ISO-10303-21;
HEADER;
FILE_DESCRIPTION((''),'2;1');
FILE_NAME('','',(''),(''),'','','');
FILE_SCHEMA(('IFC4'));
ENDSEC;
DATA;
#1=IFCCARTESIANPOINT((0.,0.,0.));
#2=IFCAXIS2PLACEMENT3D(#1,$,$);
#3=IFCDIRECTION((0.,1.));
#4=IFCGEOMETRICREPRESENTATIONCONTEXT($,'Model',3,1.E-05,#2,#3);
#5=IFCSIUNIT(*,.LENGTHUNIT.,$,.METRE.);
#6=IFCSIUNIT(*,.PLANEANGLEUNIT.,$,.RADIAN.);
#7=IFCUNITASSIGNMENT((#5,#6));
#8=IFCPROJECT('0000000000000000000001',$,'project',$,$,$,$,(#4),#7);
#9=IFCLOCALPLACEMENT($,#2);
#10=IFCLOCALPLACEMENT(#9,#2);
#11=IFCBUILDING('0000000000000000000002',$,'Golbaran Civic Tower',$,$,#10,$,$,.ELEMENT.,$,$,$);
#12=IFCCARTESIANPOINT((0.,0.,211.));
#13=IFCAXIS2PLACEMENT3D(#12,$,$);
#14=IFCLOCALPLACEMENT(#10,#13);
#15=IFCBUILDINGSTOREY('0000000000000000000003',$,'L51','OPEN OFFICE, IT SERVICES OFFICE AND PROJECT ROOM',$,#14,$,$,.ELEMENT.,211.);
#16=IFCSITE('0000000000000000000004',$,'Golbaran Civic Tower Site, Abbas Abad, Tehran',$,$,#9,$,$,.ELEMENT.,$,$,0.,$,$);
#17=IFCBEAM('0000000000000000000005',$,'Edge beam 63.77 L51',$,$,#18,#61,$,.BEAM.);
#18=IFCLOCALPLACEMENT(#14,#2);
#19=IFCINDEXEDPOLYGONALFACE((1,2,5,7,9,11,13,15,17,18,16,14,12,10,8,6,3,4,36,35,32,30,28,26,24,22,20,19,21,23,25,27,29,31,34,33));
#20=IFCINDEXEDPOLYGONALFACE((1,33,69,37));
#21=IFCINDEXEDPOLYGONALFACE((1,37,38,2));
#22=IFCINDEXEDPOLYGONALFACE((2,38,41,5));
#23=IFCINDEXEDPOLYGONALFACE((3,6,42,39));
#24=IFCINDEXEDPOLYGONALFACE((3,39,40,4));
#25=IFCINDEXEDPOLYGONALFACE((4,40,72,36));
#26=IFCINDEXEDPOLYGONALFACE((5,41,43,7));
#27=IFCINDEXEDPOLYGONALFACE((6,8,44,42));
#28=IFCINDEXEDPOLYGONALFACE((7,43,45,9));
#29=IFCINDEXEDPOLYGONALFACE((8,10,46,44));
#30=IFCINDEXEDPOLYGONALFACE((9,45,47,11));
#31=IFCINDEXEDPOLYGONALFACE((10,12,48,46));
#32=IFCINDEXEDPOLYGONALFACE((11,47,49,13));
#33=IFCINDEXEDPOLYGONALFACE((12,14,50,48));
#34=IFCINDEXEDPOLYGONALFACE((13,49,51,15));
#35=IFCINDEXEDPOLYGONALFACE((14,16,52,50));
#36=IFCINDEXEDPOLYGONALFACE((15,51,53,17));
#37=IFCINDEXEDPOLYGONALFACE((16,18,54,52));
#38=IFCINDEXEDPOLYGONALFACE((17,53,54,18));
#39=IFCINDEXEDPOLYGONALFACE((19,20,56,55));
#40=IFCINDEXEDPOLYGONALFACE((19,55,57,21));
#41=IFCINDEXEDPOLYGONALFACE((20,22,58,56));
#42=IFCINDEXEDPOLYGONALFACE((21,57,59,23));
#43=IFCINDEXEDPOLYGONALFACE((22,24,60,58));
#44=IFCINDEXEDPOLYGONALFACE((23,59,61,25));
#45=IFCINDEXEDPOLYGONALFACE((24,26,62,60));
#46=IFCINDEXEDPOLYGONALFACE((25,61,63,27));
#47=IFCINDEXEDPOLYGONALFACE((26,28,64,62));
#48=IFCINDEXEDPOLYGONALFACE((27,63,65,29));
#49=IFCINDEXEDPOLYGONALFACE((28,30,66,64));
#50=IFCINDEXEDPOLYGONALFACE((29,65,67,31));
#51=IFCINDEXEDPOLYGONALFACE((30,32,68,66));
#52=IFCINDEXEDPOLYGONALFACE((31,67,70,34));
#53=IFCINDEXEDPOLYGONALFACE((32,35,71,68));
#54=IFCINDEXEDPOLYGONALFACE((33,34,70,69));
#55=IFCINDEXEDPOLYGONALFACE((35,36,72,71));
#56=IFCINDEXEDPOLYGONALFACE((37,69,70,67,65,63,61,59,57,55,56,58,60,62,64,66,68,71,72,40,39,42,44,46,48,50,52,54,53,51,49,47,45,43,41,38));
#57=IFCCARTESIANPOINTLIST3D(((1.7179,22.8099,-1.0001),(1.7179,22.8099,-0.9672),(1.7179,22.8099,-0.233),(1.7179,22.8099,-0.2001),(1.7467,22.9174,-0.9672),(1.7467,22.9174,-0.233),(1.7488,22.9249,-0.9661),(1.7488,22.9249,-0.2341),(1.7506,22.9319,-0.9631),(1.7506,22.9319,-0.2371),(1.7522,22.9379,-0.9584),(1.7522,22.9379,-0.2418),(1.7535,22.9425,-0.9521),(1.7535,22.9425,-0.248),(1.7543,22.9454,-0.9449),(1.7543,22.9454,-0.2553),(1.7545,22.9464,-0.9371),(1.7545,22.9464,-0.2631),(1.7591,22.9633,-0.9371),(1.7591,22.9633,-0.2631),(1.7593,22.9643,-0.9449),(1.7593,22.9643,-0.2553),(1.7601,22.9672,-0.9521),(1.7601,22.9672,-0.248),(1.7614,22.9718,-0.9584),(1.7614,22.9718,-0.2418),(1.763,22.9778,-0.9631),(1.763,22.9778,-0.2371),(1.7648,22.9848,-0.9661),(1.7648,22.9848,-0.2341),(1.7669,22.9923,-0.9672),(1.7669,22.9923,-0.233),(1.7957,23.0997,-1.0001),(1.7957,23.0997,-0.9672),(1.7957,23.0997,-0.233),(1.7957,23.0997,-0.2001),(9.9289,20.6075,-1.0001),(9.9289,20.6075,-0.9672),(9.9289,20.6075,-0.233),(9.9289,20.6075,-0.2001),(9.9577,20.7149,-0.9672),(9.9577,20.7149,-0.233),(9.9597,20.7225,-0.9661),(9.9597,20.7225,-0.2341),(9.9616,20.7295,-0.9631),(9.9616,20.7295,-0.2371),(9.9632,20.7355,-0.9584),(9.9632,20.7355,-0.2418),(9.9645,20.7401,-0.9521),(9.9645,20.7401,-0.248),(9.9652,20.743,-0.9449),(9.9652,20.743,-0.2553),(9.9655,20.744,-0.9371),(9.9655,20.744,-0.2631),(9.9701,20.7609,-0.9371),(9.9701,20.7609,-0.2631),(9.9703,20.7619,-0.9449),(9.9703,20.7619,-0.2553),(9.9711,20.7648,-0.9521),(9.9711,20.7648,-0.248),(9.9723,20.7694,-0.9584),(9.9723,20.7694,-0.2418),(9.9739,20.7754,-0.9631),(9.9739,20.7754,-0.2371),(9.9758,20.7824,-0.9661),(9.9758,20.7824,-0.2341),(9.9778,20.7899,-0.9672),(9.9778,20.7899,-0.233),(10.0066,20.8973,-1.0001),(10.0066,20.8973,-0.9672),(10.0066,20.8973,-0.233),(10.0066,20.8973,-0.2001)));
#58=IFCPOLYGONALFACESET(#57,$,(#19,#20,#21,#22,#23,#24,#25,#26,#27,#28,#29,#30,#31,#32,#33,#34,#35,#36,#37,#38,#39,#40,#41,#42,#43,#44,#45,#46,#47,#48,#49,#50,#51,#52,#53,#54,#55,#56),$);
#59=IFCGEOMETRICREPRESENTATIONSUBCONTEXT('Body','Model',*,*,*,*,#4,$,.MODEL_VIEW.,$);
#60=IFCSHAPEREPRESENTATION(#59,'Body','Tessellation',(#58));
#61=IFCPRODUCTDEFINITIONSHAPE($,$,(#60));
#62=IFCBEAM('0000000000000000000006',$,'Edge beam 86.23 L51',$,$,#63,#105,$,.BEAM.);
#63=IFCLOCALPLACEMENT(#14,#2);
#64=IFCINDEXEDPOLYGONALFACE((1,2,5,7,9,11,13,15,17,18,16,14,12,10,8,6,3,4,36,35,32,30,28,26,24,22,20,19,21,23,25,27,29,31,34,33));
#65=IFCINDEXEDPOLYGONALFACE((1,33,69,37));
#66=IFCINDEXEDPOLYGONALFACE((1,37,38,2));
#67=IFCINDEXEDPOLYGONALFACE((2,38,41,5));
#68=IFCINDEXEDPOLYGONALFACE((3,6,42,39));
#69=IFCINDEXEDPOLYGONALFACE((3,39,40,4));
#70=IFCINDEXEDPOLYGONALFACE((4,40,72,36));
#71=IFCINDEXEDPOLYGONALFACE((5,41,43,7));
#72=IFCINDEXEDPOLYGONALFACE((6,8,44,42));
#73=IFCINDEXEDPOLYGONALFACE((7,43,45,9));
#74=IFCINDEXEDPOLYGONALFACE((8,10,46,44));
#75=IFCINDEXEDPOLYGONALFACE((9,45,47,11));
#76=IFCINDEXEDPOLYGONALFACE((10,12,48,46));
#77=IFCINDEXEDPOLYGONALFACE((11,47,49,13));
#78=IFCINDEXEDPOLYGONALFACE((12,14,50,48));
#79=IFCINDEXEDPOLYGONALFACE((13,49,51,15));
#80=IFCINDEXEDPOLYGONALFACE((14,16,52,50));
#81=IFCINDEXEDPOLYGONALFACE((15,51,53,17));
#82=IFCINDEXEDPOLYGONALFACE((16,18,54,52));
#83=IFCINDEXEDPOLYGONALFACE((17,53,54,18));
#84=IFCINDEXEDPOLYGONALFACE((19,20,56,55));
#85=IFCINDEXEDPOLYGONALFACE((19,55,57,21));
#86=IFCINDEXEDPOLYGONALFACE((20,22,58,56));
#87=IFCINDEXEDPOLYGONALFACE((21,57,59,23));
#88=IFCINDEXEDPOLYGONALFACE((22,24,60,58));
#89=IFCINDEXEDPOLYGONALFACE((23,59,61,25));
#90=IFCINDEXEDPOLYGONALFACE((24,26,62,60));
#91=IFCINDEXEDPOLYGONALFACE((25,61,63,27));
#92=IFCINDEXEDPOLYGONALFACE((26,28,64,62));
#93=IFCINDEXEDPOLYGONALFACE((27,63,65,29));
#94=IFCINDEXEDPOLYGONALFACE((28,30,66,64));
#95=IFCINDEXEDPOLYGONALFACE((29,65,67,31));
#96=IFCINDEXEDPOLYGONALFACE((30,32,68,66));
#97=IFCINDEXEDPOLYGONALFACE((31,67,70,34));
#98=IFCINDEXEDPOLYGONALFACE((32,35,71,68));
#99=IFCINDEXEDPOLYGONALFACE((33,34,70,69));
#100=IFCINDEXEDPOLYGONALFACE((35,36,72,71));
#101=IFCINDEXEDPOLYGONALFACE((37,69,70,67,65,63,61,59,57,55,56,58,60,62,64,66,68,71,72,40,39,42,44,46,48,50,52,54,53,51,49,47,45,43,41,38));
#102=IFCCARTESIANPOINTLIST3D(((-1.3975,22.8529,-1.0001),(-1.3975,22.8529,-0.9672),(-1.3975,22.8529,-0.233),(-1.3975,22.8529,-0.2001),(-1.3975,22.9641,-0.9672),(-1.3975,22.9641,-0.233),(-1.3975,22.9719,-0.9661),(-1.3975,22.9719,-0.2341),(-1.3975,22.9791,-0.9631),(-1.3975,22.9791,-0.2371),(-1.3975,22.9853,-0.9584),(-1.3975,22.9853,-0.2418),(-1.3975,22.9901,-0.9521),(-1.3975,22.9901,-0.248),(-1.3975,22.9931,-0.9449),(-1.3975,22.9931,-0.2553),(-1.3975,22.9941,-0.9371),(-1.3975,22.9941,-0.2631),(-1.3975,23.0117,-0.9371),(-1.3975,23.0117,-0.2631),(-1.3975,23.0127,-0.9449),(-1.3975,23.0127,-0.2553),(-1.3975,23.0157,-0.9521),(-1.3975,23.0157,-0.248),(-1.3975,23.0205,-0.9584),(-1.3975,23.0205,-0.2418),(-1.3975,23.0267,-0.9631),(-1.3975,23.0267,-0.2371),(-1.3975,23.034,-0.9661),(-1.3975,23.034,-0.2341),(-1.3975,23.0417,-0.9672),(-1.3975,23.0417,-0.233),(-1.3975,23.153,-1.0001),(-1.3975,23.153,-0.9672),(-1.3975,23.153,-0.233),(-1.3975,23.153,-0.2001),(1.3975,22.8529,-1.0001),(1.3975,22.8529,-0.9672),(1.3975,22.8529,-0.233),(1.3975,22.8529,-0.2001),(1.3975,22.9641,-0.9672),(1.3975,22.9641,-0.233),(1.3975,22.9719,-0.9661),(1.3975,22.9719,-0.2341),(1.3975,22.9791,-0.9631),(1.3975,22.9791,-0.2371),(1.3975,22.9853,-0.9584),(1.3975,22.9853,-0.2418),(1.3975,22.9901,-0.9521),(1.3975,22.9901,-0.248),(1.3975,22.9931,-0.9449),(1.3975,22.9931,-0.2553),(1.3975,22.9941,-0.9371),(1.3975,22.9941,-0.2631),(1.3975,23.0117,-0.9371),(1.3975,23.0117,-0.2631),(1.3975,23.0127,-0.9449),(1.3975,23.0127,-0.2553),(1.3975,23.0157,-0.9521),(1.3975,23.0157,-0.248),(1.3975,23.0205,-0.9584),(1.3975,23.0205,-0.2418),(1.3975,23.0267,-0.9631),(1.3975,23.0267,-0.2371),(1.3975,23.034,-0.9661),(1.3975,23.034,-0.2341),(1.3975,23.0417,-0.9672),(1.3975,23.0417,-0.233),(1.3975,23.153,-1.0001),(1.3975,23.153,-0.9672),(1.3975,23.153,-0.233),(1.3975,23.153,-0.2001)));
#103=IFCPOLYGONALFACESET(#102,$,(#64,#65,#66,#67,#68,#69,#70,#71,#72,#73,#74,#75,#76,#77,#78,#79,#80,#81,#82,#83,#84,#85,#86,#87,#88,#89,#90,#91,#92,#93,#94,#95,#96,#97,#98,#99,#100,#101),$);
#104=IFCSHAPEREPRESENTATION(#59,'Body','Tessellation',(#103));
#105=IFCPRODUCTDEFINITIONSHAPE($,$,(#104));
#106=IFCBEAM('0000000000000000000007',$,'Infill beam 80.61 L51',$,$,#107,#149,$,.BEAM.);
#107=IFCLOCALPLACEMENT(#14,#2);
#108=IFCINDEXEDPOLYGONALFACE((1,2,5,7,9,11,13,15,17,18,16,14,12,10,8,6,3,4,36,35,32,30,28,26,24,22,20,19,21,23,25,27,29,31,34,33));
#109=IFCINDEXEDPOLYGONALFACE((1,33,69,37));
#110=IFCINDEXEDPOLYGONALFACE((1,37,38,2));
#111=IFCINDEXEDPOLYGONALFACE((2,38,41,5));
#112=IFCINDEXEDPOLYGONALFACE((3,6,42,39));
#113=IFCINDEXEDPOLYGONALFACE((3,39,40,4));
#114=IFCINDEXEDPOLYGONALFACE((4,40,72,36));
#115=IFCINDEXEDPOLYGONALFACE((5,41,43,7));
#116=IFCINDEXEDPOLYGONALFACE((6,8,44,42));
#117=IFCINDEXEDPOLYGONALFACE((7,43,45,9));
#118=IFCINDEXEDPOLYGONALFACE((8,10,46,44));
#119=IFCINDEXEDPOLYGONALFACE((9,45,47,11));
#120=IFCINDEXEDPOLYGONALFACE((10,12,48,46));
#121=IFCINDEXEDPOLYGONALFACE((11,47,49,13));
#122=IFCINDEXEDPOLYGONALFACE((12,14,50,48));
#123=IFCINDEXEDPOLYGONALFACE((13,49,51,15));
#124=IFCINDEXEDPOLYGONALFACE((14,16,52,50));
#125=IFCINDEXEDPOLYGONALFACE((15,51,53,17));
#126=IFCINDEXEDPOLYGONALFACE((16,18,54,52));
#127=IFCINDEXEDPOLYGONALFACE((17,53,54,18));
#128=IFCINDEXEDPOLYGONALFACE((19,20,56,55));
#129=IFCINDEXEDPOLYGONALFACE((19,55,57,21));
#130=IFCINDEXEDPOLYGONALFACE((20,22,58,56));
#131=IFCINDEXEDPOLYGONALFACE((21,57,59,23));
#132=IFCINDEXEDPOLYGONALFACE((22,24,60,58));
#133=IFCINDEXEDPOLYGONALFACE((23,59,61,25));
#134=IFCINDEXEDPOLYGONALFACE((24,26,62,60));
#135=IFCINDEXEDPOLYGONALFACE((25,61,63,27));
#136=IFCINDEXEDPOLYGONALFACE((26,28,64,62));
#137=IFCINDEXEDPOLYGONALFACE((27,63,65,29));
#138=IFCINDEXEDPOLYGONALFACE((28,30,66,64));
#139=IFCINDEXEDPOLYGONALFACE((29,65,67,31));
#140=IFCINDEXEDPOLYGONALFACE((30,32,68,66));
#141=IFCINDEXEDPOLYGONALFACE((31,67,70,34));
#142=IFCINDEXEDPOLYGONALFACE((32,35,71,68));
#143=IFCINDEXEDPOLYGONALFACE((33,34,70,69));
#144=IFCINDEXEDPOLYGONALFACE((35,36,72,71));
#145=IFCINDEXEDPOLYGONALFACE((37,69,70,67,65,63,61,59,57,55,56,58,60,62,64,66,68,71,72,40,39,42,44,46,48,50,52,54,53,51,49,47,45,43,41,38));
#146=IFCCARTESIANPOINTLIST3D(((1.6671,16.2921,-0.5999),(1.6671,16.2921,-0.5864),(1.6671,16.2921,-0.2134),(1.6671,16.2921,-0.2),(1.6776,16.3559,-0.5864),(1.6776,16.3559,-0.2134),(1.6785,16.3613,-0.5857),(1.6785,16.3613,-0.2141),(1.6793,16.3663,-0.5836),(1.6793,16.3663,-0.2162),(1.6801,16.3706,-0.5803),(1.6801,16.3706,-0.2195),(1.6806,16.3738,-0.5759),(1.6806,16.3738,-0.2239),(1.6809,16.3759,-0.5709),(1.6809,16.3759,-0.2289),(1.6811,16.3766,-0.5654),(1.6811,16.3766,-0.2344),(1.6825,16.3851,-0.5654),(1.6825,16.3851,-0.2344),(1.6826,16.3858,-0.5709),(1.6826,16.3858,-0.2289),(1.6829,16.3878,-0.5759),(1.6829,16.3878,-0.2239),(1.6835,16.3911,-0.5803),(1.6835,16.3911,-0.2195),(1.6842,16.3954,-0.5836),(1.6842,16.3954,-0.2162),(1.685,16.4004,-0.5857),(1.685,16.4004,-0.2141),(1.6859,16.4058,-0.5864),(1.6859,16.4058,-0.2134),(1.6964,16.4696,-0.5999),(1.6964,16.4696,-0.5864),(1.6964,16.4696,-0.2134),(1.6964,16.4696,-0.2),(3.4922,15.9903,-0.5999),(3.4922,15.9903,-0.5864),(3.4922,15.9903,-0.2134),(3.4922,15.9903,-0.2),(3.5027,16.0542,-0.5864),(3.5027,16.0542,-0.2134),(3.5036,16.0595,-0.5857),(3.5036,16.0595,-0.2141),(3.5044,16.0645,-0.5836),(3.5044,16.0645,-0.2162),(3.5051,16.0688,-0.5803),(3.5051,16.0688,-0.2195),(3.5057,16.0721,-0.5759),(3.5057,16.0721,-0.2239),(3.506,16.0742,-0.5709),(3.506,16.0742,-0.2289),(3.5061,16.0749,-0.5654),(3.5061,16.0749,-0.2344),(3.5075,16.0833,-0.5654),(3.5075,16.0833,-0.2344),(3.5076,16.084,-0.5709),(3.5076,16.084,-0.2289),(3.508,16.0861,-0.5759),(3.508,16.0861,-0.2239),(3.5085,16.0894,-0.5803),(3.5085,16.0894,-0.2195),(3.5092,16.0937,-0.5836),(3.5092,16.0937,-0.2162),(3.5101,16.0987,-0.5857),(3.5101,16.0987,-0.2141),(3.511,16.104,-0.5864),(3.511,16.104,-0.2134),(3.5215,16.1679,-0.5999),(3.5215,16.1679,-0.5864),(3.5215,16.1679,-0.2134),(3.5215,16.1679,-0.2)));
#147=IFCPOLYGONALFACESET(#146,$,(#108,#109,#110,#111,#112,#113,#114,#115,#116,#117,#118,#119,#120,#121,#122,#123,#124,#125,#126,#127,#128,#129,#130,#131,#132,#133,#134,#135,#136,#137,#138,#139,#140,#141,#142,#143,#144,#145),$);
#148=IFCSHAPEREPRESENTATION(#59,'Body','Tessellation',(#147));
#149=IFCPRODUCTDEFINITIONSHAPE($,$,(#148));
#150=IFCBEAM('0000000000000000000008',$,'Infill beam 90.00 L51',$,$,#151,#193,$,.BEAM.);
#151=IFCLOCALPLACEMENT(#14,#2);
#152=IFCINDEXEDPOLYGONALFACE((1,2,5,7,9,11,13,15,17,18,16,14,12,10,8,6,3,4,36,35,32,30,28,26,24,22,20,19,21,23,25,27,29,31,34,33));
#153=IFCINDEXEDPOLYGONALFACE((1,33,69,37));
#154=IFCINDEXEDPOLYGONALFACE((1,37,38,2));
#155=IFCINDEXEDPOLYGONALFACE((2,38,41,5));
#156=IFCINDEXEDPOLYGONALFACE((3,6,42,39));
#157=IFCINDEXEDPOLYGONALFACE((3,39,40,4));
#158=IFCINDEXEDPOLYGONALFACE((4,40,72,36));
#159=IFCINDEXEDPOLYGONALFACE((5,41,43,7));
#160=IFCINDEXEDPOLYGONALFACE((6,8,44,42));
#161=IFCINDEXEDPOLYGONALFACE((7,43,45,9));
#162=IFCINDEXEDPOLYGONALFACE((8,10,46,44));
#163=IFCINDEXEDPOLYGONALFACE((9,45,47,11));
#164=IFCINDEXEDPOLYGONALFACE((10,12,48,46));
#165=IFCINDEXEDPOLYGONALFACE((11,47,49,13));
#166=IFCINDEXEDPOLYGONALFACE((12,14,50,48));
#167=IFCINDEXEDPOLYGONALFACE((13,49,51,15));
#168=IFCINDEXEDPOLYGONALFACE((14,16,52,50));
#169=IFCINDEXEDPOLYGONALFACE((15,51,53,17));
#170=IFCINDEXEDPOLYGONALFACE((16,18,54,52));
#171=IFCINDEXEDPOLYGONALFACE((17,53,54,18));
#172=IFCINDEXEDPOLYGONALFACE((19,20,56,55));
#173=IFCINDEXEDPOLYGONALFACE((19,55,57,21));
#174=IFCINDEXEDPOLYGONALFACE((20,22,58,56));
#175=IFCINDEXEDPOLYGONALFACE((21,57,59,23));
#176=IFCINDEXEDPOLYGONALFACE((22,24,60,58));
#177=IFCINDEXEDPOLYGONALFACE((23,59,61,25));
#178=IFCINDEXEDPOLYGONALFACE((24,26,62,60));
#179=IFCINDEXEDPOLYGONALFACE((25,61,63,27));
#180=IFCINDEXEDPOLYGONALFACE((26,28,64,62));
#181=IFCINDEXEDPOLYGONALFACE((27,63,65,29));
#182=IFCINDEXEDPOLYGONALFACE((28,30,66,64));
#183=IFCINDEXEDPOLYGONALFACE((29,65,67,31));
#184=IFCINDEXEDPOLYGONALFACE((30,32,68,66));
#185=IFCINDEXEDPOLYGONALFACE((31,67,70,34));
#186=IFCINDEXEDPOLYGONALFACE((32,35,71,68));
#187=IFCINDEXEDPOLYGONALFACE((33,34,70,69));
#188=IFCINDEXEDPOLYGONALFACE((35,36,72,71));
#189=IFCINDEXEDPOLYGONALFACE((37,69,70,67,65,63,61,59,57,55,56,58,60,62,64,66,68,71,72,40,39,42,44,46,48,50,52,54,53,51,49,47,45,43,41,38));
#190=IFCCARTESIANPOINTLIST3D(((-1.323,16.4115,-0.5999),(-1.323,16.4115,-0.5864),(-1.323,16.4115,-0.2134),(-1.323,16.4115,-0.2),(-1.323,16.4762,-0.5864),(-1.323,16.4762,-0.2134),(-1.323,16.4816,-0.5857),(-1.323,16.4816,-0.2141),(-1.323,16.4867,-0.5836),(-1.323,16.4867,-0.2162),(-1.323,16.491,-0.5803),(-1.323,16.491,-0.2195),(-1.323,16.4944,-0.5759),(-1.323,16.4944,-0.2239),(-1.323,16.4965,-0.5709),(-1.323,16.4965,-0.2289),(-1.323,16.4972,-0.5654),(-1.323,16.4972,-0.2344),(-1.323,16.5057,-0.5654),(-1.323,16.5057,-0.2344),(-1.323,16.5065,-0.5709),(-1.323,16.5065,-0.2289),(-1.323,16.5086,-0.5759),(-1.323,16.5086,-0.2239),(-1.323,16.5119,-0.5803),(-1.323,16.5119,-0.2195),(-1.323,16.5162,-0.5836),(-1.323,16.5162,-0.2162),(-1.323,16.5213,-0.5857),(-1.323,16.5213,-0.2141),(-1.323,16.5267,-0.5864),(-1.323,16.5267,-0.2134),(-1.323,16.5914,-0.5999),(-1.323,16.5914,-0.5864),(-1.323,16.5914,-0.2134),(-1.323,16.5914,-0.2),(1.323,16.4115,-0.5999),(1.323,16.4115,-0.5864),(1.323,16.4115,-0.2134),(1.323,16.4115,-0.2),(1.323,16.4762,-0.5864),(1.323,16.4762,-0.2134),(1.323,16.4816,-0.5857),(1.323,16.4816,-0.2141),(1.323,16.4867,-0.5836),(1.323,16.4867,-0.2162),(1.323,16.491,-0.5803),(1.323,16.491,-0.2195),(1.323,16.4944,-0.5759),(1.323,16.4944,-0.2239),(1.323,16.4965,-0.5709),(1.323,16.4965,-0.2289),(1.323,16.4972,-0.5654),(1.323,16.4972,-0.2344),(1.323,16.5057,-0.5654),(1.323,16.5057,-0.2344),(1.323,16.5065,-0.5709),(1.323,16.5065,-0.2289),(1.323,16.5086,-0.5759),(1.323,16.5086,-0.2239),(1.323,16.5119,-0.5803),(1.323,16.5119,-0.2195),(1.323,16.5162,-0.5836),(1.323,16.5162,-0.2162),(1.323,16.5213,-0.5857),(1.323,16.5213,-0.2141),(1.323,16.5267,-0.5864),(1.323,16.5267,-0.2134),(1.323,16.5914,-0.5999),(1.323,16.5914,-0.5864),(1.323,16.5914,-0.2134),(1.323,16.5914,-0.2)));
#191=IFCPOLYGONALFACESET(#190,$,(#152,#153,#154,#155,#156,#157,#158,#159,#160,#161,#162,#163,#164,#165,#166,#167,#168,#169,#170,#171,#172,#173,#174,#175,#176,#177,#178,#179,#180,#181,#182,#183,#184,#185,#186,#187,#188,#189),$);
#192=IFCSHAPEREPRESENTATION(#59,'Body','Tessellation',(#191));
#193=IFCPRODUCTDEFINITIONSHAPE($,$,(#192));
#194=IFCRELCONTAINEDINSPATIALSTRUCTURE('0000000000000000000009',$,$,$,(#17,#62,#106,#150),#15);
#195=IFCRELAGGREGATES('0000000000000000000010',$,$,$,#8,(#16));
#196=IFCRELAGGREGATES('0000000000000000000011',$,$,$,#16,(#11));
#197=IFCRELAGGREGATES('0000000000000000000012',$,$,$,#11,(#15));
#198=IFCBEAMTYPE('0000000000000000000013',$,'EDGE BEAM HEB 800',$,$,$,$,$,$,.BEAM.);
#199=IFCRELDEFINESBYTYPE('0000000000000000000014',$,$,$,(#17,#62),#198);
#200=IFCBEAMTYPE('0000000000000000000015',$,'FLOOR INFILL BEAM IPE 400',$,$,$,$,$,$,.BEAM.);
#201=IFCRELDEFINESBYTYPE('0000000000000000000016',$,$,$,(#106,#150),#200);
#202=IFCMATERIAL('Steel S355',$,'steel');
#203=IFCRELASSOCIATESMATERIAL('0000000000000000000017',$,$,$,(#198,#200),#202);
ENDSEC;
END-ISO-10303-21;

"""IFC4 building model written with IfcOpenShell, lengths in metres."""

from ifc_helpers import new_model, si_unit, direction, frame, origin, origin_2d, place, context, subcontext, project, spatial, i_section, extrude, material, material_profile, profile_set, type_object, element, save


model = new_model("IFC4")

# Units and contexts
model_context = context("Model", 3, precision=1e-05, world=origin(), true_north=direction((0.0, 1.0)))
body_context = subcontext(model_context, "Body", "Model", "MODEL_VIEW")
ifc_project = project(units=[si_unit("LENGTHUNIT", "METRE"), si_unit("PLANEANGLEUNIT", "RADIAN")], contexts=[model_context])

# Site, building, storey
site_placement = place(None, origin())
site = spatial("IfcSite", under=ifc_project, at=site_placement, Name="Golbaran Civic Tower Site, Abbas Abad, Tehran", CompositionType="ELEMENT", RefElevation=0.0)
building_placement = place(site_placement, origin())
building = spatial("IfcBuilding", under=site, at=building_placement, Name="Golbaran Civic Tower", CompositionType="ELEMENT")
storey_placement = place(building_placement, frame((0.0, 0.0, 211.0)))
storey = spatial("IfcBuildingStorey", under=building, at=storey_placement, Name="L51", Description="OPEN OFFICE, IT SERVICES OFFICE AND PROJECT ROOM", CompositionType="ELEMENT", Elevation=211.0)

# Beams
ifc_material_1 = material(Name="Steel S355", Category="steel")
ifc_material_profile_1 = material_profile(ifc_material_1, i_section(OverallWidth=0.3, OverallDepth=0.8, WebThickness=0.0176, FlangeThickness=0.033, FilletRadius=0.03, at=origin_2d()), Name="HEB 800")
ifc_profile_set_1 = profile_set([ifc_material_profile_1], Name="Steel S355")
beam_type_1 = type_object("IfcBeamType", Name="EDGE BEAM HEB 800", PredefinedType="BEAM", material=ifc_profile_set_1)
beam_1_placement = place(storey_placement, frame((9.9678, 20.7524, -0.6001), z_axis=(-0.965859, 0.259069, 0.0), x_axis=(-0.259069, -0.965859, 0.0)))
element("IfcBeam", 1, at=beam_1_placement, inside=storey, type_object=beam_type_1, Name="Edge beam 63.77 L51", PredefinedType="BEAM", context=body_context, shape_type="SweptSolid", body=[
    extrude(i_section(OverallWidth=0.3, OverallDepth=0.8, WebThickness=0.0176, FlangeThickness=0.033, FilletRadius=0.03, at=origin_2d()), origin(), (0.0, 0.0, 1.0), 8.5012),
])
beam_2_placement = place(storey_placement, frame((1.3975, 23.0029, -0.6001), z_axis=(-1.0, 0.0, 0.0), x_axis=(0.0, -1.0, 0.0)))
element("IfcBeam", 2, at=beam_2_placement, inside=storey, type_object=beam_type_1, Name="Edge beam 86.23 L51", PredefinedType="BEAM", context=body_context, shape_type="SweptSolid", body=[
    extrude(i_section(OverallWidth=0.3, OverallDepth=0.8, WebThickness=0.0176, FlangeThickness=0.033, FilletRadius=0.03, at=origin_2d()), origin(), (0.0, 0.0, 1.0), 2.7949),
])
ifc_material_profile_2 = material_profile(ifc_material_1, i_section(OverallWidth=0.1799, OverallDepth=0.3999, WebThickness=0.0085, FlangeThickness=0.0134, FilletRadius=0.021, at=origin_2d()), Name="IPE 400")
ifc_profile_set_2 = profile_set([ifc_material_profile_2], Name="Steel S355")
beam_type_2 = type_object("IfcBeamType", Name="FLOOR INFILL BEAM IPE 400", PredefinedType="BEAM", material=ifc_profile_set_2)
beam_3_placement = place(storey_placement, frame((3.5068, 16.0791, -0.3999), z_axis=(-0.986607, 0.163115, 0.0), x_axis=(-0.163115, -0.986607, 0.0)))
element("IfcBeam", 3, at=beam_3_placement, inside=storey, type_object=beam_type_2, Name="Infill beam 80.61 L51", PredefinedType="BEAM", context=body_context, shape_type="SweptSolid", body=[
    extrude(i_section(OverallWidth=0.1799, OverallDepth=0.3999, WebThickness=0.0085, FlangeThickness=0.0134, FilletRadius=0.021, at=origin_2d()), origin(), (0.0, 0.0, 1.0), 1.8499),
])
beam_4_placement = place(storey_placement, frame((1.323, 16.5015, -0.3999), z_axis=(-1.0, 0.0, 0.0), x_axis=(0.0, -1.0, 0.0)))
element("IfcBeam", 4, at=beam_4_placement, inside=storey, type_object=beam_type_2, Name="Infill beam 90.00 L51", PredefinedType="BEAM", context=body_context, shape_type="SweptSolid", body=[
    extrude(i_section(OverallWidth=0.1799, OverallDepth=0.3999, WebThickness=0.0085, FlangeThickness=0.0134, FilletRadius=0.021, at=origin_2d()), origin(), (0.0, 0.0, 1.0), 2.646),
])

save(model, "model.ifc")
